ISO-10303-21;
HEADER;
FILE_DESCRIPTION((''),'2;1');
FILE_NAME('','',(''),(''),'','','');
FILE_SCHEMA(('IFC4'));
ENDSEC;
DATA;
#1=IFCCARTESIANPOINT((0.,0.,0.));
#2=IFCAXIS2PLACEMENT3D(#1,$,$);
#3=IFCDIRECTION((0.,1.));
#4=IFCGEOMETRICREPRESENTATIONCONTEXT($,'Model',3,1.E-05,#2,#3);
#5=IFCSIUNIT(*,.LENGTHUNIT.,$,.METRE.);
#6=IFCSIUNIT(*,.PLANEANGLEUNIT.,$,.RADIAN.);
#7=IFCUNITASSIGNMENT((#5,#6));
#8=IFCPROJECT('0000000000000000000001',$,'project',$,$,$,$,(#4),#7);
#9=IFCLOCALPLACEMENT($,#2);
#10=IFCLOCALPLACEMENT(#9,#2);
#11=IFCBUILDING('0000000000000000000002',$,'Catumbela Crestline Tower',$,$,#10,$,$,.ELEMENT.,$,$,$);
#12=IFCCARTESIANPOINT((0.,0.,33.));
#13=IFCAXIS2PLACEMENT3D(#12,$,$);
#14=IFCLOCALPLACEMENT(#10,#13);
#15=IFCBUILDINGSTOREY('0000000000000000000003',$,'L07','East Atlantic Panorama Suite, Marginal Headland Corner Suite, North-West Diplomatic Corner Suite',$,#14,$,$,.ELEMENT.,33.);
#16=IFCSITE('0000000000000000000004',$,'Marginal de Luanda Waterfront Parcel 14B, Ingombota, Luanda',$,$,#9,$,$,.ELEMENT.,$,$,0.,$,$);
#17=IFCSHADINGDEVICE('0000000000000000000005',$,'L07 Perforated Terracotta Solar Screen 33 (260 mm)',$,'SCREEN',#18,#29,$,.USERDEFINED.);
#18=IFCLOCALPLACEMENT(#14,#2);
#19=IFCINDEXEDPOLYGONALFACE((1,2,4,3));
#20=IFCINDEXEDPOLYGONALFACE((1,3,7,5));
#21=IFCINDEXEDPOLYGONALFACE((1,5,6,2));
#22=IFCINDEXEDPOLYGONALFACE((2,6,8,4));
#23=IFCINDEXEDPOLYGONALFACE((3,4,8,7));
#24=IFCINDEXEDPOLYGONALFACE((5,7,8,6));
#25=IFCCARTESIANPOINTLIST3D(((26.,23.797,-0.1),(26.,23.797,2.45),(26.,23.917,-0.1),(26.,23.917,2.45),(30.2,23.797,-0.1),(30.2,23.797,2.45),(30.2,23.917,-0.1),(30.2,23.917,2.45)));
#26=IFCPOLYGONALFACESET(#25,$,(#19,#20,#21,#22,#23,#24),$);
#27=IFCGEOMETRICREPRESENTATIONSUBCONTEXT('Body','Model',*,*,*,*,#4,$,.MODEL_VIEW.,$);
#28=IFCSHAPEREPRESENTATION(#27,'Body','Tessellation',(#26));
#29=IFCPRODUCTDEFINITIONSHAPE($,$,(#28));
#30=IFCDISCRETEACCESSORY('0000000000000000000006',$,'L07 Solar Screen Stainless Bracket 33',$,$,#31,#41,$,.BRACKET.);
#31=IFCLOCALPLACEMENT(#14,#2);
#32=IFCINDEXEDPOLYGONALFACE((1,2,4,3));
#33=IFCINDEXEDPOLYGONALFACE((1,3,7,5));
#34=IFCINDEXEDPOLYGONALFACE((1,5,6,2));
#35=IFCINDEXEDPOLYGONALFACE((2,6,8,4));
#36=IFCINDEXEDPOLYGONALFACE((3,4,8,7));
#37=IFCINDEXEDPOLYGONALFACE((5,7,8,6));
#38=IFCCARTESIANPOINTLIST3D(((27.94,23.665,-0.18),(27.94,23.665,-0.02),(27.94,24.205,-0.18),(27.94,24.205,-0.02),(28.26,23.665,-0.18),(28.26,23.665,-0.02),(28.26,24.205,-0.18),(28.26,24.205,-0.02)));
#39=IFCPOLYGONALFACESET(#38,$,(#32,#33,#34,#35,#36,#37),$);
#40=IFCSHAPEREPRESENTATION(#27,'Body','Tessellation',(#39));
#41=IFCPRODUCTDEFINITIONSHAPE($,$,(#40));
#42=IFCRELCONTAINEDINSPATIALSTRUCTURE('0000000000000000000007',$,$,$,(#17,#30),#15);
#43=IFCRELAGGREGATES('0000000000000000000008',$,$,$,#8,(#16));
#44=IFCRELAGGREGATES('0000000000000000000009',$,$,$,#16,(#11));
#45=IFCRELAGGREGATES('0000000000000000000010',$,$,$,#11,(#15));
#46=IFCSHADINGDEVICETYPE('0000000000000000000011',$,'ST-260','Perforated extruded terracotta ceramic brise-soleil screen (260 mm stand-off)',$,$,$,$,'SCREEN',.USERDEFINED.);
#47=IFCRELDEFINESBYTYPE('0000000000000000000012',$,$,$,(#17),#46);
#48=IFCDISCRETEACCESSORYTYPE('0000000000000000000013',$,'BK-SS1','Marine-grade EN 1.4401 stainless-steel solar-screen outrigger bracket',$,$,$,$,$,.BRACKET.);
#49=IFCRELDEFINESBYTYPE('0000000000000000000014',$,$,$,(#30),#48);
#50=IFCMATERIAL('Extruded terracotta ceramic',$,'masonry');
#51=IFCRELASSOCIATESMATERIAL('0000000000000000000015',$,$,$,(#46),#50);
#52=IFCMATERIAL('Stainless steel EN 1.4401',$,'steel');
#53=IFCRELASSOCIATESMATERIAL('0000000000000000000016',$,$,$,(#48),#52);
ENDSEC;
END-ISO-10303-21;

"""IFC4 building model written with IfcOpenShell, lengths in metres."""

from ifc_helpers import new_model, si_unit, direction, frame, origin, origin_2d, place, context, subcontext, project, spatial, rectangle, extrude, material, type_object, element, save


model = new_model("IFC4")

# Units and contexts
model_context = context("Model", 3, precision=1e-05, world=origin(), true_north=direction((0.0, 1.0)))
body_context = subcontext(model_context, "Body", "Model", "MODEL_VIEW")
ifc_project = project(units=[si_unit("LENGTHUNIT", "METRE"), si_unit("PLANEANGLEUNIT", "RADIAN")], contexts=[model_context])

# Site, building, storey
site_placement = place(None, origin())
site = spatial("IfcSite", under=ifc_project, at=site_placement, Name="Marginal de Luanda Waterfront Parcel 14B, Ingombota, Luanda", CompositionType="ELEMENT", RefElevation=0.0)
building_placement = place(site_placement, origin())
building = spatial("IfcBuilding", under=site, at=building_placement, Name="Catumbela Crestline Tower", CompositionType="ELEMENT")
storey_placement = place(building_placement, frame((0.0, 0.0, 33.0)))
storey = spatial("IfcBuildingStorey", under=building, at=storey_placement, Name="L07", Description="East Atlantic Panorama Suite, Marginal Headland Corner Suite, North-West Diplomatic Corner Suite", CompositionType="ELEMENT", Elevation=33.0)

# Shared definitions
ifc_material_1 = material(Name="Stainless steel EN 1.4401", Category="steel")

# Shading device
ifc_material_2 = material(Name="Extruded terracotta ceramic", Category="masonry")
shading_device_type = type_object("IfcShadingDeviceType", Name="ST-260", Description="Perforated extruded terracotta ceramic brise-soleil screen (260 mm stand-off)", ElementType="SCREEN", PredefinedType="USERDEFINED", material=ifc_material_2)
for number, where, z_axis, x_axis, name in (
    (1, (28.1, 23.857, -0.1), (0.0, 0.0, 1.0), (1.0, 0.0, 0.0), "L07 Perforated Terracotta Solar Screen 33 (260 mm)"),
):
    element("IfcShadingDevice", number, at=place(storey_placement, frame(where, z_axis=z_axis, x_axis=x_axis)), inside=storey, type_object=shading_device_type, Name=name, ObjectType="SCREEN", PredefinedType="USERDEFINED", context=body_context, shape_type="SweptSolid", body=[
        extrude(rectangle(XDim=4.2, YDim=0.12, at=origin_2d()), origin(), (0.0, 0.0, 1.0), 2.55),
    ])

# Discrete accessory
discrete_accessory_type = type_object("IfcDiscreteAccessoryType", Name="BK-SS1", Description="Marine-grade EN 1.4401 stainless-steel solar-screen outrigger bracket", PredefinedType="BRACKET", material=ifc_material_1)
discrete_accessory_placement = place(storey_placement, frame((28.1, 23.935, -0.18), z_axis=(0.0, 0.0, 1.0), x_axis=(1.0, 0.0, 0.0)))
element("IfcDiscreteAccessory", 2, at=discrete_accessory_placement, inside=storey, type_object=discrete_accessory_type, Name="L07 Solar Screen Stainless Bracket 33", PredefinedType="BRACKET", context=body_context, shape_type="SweptSolid", body=[
    extrude(rectangle(XDim=0.32, YDim=0.54, at=origin_2d()), origin(), (0.0, 0.0, 1.0), 0.16),
])

save(model, "model.ifc")
